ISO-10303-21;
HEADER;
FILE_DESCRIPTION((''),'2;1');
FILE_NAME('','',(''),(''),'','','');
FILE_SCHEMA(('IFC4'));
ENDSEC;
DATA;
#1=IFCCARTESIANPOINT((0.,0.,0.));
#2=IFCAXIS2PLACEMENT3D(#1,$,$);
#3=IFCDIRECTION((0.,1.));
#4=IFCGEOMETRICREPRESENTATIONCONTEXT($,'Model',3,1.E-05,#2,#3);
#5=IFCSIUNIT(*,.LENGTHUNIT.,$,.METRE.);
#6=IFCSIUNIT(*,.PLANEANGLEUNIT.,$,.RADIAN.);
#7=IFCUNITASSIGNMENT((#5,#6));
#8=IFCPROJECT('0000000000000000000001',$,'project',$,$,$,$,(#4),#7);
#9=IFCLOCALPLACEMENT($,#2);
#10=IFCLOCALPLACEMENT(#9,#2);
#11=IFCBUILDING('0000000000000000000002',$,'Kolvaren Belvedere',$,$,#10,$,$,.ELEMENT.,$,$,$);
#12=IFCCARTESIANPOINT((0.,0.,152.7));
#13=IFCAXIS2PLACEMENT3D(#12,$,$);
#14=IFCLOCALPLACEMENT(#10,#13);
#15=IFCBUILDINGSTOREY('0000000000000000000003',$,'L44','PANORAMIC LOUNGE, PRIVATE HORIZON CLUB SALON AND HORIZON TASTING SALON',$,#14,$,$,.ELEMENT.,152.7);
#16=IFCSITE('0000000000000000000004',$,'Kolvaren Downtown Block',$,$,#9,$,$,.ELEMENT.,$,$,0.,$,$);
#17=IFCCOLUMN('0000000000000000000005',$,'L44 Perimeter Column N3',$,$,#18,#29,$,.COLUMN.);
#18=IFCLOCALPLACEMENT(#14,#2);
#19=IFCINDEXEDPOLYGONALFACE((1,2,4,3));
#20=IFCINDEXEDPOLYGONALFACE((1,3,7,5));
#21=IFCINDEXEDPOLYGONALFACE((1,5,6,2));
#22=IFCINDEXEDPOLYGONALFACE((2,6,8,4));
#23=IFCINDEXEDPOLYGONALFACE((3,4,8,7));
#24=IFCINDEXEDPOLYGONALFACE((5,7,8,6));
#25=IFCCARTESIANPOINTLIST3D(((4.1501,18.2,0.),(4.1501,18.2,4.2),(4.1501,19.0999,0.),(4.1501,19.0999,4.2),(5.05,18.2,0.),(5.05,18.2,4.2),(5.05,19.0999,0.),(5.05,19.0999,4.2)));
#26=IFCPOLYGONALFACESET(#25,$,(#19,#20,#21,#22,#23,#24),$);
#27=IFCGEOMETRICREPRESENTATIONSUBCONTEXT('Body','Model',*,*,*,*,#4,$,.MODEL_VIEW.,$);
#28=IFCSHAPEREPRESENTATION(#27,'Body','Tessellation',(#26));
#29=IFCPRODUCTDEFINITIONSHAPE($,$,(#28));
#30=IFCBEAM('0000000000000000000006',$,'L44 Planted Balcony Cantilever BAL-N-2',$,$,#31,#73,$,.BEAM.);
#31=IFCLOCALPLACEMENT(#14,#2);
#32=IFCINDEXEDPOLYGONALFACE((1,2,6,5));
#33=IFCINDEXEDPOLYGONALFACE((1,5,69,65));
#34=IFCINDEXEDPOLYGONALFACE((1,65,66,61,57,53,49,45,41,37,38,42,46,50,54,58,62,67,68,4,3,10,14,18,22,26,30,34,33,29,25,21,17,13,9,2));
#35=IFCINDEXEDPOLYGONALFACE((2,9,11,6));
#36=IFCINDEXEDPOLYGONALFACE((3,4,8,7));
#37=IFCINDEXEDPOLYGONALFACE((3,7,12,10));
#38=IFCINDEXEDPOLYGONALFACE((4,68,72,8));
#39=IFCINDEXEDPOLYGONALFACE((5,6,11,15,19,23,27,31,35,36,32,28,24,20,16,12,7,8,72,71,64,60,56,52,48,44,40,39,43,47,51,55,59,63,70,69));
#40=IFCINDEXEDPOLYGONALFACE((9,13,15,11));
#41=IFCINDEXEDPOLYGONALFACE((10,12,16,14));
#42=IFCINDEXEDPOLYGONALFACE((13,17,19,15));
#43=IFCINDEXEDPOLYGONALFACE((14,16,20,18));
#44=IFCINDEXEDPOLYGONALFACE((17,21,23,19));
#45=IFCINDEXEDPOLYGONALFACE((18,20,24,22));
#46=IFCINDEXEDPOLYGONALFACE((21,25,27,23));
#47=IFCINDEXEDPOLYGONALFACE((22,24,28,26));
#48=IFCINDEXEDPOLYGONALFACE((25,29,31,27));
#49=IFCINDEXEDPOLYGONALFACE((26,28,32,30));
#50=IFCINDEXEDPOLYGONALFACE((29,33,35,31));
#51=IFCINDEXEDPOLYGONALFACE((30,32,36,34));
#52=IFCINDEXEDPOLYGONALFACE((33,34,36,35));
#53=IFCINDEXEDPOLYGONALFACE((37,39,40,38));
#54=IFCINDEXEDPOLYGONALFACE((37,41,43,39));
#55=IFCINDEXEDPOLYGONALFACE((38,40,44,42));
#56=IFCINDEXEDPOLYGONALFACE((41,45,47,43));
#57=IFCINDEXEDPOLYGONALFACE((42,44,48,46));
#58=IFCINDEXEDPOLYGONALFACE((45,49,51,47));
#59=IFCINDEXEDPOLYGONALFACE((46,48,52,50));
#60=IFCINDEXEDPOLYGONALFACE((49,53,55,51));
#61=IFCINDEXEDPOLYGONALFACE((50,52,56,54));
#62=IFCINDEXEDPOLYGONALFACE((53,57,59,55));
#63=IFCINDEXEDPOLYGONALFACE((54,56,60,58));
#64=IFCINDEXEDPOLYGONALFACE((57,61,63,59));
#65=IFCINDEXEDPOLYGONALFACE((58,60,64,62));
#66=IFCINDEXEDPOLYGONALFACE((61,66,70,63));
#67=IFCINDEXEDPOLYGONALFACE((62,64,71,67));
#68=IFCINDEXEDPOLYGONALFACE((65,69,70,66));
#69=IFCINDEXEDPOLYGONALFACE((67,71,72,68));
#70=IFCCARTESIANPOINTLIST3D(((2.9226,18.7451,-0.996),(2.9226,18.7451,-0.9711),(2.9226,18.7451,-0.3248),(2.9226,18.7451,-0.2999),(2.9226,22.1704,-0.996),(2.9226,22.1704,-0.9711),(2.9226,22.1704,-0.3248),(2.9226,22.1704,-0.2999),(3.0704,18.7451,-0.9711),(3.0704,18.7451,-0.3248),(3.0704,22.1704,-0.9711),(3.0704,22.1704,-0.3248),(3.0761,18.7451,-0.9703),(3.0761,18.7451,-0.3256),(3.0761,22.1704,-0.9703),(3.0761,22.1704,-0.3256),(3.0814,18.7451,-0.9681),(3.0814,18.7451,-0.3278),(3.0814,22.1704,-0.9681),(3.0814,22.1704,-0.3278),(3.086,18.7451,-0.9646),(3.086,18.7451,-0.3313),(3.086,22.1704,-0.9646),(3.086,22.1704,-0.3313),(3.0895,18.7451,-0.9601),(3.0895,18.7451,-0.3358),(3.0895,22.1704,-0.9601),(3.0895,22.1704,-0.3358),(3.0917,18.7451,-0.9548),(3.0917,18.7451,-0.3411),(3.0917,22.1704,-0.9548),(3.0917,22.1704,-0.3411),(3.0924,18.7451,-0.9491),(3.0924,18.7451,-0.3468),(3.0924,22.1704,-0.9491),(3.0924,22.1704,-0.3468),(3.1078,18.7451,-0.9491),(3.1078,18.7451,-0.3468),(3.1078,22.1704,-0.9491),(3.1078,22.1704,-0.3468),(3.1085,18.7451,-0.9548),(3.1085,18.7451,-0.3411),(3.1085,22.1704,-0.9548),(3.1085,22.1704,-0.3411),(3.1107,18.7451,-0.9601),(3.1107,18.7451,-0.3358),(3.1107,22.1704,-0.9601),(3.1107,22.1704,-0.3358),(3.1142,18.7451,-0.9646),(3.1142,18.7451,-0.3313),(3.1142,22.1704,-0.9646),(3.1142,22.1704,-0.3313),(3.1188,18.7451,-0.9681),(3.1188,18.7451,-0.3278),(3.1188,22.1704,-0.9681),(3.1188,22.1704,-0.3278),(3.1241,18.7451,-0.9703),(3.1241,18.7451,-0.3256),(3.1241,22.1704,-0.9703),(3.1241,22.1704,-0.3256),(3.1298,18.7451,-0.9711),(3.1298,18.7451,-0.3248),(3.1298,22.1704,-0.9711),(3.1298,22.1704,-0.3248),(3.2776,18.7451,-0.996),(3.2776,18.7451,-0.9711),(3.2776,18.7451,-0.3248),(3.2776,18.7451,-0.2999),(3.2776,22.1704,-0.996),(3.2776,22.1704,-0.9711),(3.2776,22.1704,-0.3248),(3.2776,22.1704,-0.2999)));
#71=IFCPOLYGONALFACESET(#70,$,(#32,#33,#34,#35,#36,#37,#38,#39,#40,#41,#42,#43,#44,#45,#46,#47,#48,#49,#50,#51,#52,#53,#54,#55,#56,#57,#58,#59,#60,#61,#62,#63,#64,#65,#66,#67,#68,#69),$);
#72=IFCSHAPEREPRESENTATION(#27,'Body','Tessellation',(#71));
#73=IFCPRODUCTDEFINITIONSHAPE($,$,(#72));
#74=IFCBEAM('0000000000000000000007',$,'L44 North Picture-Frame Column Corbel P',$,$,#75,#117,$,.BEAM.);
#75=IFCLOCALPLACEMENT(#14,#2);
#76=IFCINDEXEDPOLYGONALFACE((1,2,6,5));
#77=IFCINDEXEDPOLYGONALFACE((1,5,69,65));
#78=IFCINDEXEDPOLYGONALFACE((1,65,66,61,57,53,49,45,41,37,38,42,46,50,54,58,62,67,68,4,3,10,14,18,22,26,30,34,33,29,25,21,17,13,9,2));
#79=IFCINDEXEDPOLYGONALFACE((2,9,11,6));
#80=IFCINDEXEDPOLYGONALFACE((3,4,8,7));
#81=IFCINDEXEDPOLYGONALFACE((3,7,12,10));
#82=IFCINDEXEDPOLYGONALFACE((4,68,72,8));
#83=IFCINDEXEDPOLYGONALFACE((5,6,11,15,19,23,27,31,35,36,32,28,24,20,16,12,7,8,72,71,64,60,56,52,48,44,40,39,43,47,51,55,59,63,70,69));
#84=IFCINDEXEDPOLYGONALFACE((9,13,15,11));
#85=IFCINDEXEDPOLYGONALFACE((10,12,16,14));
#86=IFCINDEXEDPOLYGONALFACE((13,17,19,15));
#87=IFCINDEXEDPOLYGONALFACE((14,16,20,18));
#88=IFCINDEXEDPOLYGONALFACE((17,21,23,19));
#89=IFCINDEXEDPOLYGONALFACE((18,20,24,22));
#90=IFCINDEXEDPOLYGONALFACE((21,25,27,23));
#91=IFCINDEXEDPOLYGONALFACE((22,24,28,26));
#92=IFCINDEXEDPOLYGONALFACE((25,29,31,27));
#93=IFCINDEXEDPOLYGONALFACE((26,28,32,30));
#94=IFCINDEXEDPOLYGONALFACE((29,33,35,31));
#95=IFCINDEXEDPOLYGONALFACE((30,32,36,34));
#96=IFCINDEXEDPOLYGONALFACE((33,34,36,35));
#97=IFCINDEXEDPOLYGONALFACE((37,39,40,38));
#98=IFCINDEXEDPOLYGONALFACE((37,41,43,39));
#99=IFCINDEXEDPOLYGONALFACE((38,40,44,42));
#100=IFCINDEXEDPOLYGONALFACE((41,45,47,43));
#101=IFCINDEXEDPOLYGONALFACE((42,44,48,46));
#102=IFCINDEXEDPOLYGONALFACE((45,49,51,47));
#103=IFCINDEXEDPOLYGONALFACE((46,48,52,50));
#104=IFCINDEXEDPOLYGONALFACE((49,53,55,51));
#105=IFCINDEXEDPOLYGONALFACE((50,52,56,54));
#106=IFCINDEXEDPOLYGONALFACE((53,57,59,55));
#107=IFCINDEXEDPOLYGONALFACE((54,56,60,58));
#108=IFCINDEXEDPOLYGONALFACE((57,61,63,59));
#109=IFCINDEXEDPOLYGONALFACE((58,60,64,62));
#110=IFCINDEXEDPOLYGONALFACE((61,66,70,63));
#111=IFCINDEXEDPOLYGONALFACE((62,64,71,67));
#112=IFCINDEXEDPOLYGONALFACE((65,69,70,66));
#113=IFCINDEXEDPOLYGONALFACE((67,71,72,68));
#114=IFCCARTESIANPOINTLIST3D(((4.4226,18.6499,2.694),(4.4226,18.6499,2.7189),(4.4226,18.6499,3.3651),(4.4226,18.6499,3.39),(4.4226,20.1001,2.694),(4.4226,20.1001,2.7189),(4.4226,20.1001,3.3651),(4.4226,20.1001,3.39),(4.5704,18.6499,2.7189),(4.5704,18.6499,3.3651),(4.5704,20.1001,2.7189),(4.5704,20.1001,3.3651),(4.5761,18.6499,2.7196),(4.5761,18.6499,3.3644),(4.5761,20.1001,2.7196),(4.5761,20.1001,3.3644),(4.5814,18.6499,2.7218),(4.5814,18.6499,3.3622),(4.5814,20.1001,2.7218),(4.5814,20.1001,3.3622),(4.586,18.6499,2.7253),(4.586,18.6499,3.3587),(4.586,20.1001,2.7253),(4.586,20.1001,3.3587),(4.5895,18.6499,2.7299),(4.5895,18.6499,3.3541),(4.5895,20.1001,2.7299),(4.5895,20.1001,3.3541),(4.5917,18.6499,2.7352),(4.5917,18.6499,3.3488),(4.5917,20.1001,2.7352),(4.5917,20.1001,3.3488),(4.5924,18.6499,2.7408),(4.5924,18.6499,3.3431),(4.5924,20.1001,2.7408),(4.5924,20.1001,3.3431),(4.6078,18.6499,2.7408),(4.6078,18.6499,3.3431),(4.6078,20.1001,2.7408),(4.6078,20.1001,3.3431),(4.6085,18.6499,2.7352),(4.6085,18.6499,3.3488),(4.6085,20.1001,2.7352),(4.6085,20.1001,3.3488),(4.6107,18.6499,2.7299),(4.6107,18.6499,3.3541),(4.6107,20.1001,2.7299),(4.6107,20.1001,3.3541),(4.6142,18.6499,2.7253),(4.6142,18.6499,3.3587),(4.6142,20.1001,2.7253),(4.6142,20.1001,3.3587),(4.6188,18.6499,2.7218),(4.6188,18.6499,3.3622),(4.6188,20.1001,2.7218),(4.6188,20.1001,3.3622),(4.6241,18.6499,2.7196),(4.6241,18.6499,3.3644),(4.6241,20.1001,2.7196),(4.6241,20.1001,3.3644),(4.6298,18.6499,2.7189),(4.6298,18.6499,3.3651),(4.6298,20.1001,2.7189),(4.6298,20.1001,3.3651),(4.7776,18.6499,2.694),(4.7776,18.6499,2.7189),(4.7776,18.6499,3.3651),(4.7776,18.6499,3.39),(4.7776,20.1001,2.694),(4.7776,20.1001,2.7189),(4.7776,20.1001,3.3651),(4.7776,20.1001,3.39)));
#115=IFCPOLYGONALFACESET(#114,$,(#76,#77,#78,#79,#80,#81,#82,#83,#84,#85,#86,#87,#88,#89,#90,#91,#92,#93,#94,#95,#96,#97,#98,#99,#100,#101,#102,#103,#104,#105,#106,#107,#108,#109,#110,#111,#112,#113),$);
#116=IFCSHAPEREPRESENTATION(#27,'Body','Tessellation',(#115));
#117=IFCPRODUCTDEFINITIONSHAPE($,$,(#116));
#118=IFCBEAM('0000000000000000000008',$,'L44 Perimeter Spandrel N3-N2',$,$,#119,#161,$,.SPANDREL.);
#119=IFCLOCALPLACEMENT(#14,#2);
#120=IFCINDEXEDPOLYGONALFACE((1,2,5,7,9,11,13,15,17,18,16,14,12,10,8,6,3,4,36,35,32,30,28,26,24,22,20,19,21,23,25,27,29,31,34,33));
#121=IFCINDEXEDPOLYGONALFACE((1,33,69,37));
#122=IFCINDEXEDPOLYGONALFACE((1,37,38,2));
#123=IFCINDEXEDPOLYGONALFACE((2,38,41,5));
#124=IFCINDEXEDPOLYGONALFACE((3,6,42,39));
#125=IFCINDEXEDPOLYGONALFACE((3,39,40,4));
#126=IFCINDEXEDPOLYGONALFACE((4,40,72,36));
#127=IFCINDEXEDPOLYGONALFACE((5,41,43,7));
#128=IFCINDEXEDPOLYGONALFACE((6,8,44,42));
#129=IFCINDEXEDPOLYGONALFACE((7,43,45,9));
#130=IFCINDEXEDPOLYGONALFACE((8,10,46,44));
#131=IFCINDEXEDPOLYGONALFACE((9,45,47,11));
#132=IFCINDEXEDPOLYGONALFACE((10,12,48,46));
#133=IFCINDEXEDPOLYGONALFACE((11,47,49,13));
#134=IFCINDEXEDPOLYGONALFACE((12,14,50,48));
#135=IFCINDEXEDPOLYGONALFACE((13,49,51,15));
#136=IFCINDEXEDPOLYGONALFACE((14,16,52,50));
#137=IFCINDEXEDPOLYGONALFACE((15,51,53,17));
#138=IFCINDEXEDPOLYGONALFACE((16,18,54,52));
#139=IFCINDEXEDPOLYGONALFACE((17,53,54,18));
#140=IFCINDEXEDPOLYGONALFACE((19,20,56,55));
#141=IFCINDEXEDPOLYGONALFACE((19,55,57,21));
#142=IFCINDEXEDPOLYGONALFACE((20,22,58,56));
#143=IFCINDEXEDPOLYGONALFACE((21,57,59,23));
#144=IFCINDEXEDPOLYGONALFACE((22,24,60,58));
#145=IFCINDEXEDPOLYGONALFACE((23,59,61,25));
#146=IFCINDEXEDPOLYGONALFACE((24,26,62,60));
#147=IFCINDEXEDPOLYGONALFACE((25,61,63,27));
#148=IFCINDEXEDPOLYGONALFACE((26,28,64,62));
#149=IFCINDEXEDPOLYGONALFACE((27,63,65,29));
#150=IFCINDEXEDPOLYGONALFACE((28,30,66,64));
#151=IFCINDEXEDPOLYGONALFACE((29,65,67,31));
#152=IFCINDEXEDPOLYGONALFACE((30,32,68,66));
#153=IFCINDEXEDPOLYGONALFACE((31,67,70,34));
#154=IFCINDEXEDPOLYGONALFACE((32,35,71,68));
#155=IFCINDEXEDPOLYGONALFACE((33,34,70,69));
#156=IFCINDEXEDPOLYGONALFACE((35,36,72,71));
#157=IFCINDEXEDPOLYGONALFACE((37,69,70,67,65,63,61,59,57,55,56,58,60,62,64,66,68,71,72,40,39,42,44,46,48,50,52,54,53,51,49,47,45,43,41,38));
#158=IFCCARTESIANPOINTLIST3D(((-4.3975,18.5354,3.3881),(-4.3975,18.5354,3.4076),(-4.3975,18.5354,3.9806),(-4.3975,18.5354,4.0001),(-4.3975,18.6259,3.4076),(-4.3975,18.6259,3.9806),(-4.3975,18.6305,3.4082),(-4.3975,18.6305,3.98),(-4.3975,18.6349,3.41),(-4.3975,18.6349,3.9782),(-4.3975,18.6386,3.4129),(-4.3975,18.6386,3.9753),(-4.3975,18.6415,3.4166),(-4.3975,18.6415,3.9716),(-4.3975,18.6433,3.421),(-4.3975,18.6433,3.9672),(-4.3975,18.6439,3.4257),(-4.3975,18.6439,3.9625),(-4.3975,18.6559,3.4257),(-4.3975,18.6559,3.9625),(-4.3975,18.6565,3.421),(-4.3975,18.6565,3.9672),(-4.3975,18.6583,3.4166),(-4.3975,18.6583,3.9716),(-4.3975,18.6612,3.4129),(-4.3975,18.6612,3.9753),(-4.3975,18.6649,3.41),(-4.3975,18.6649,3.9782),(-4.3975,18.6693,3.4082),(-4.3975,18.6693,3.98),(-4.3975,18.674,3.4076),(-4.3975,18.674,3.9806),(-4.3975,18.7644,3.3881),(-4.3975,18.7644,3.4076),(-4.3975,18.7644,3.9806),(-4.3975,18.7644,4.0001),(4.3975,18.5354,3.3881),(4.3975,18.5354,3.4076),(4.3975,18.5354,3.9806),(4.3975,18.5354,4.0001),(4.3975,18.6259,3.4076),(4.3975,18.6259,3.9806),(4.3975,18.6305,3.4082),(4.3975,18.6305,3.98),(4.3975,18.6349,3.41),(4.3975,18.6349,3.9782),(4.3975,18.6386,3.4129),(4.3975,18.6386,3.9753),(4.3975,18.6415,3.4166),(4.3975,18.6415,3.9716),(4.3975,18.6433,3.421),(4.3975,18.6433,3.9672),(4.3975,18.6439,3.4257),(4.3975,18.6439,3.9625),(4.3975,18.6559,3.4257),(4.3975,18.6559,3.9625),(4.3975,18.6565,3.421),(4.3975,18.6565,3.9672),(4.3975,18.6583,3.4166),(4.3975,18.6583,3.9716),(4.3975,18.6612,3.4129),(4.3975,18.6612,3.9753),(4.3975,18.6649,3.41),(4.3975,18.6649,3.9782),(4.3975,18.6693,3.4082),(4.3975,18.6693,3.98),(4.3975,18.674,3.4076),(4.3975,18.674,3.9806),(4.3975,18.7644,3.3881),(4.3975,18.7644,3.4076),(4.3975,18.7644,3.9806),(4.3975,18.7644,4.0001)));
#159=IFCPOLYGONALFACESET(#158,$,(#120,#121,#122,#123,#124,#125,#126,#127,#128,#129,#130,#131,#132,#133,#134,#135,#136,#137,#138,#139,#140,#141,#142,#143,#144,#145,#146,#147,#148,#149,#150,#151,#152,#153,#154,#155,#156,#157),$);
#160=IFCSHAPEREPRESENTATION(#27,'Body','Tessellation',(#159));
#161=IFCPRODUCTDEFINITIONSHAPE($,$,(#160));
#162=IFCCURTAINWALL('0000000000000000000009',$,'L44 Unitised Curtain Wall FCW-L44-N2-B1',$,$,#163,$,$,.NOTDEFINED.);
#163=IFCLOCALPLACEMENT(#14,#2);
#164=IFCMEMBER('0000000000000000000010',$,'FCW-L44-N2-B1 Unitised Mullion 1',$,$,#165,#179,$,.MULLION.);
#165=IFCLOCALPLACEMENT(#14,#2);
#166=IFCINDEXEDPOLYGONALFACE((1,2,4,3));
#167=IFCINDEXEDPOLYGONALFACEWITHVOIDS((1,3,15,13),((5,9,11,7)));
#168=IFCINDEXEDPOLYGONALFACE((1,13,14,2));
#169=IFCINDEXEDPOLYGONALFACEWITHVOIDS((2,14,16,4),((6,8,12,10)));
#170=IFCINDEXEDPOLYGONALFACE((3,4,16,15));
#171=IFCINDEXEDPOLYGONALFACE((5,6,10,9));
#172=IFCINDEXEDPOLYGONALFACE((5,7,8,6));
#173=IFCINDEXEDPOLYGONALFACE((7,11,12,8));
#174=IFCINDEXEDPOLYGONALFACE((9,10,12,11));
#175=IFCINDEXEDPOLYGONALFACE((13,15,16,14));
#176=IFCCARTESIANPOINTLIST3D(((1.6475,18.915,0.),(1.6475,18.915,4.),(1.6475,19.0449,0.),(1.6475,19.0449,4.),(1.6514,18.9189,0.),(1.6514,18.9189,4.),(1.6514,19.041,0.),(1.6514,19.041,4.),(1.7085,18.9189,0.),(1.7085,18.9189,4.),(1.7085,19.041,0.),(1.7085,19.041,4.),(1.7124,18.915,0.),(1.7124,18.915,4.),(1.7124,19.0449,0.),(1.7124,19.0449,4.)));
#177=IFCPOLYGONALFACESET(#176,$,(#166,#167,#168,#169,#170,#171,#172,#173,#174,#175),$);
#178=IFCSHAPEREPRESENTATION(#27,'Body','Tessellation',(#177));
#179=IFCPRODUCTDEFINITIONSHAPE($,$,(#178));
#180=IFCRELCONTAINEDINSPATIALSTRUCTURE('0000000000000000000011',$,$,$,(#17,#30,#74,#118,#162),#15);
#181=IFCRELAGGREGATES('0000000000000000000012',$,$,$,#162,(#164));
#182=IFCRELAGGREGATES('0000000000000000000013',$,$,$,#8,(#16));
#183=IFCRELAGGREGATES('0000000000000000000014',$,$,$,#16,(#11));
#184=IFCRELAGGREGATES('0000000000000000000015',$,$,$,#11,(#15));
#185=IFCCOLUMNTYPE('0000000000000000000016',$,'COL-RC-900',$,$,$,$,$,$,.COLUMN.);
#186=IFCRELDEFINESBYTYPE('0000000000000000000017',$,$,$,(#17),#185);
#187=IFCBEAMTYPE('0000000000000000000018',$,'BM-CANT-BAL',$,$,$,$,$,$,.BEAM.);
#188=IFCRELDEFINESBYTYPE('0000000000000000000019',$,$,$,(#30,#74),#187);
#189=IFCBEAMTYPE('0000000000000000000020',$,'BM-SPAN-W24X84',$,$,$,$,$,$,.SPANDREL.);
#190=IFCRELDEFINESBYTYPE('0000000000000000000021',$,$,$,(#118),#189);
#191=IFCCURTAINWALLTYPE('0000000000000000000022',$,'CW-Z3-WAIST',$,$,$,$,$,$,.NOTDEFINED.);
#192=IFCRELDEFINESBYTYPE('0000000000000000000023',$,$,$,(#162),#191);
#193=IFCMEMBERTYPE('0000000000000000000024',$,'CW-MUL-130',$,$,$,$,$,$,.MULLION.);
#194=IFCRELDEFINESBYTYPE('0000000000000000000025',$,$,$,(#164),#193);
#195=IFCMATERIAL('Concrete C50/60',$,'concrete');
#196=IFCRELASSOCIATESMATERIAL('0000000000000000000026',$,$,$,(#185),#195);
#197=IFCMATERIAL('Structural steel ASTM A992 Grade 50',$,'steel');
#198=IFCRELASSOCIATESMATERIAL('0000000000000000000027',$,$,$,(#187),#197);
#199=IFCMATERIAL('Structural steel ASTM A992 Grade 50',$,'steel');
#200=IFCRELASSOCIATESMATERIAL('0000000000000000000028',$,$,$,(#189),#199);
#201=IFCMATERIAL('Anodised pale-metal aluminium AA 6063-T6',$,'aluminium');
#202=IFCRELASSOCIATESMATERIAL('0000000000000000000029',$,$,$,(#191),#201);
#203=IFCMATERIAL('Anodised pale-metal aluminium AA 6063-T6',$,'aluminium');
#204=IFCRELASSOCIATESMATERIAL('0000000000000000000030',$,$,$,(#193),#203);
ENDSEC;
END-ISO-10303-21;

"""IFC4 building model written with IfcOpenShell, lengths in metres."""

from ifc_helpers import new_model, si_unit, direction, frame, origin, origin_2d, place, context, subcontext, project, spatial, rectangle, hollow_rectangle, i_section, extrude, material, material_profile, profile_set, type_object, element, aggregate, save


model = new_model("IFC4")

# Units and contexts
model_context = context("Model", 3, precision=1e-05, world=origin(), true_north=direction((0.0, 1.0)))
body_context = subcontext(model_context, "Body", "Model", "MODEL_VIEW")
ifc_project = project(units=[si_unit("LENGTHUNIT", "METRE"), si_unit("PLANEANGLEUNIT", "RADIAN")], contexts=[model_context])

# Site, building, storey
site_placement = place(None, origin())
site = spatial("IfcSite", under=ifc_project, at=site_placement, Name="Kolvaren Downtown Block", CompositionType="ELEMENT", RefElevation=0.0)
building_placement = place(site_placement, origin())
building = spatial("IfcBuilding", under=site, at=building_placement, Name="Kolvaren Belvedere", CompositionType="ELEMENT")
storey_placement = place(building_placement, frame((0.0, 0.0, 152.7)))
storey = spatial("IfcBuildingStorey", under=building, at=storey_placement, Name="L44", Description="PANORAMIC LOUNGE, PRIVATE HORIZON CLUB SALON AND HORIZON TASTING SALON", CompositionType="ELEMENT", Elevation=152.7)

# Column
ifc_material_1 = material(Name="Concrete C50/60", Category="concrete")
ifc_material_profile_1 = material_profile(ifc_material_1, rectangle(XDim=0.8999, YDim=0.8999, at=origin_2d()), Name="RC 900X900")
ifc_profile_set_1 = profile_set([ifc_material_profile_1], Name="Concrete C50/60")
column_type = type_object("IfcColumnType", Name="COL-RC-900", PredefinedType="COLUMN", material=ifc_profile_set_1)
column_placement = place(storey_placement, frame((4.6001, 18.6499, 0.0), z_axis=(0.0, 0.0, 1.0), x_axis=(1.0, 0.0, 0.0)))
element("IfcColumn", 1, at=column_placement, inside=storey, type_object=column_type, Name="L44 Perimeter Column N3", PredefinedType="COLUMN", context=body_context, shape_type="SweptSolid", body=[
    extrude(rectangle(XDim=0.8999, YDim=0.8999, at=origin_2d()), origin(), (0.0, 0.0, 1.0), 4.2),
])

# Beams
ifc_material_2 = material(Name="Structural steel ASTM A992 Grade 50", Category="steel")
ifc_material_profile_2 = material_profile(ifc_material_2, i_section(OverallWidth=0.355, OverallDepth=0.696, WebThickness=0.0154, FlangeThickness=0.0249, FilletRadius=0.022, at=origin_2d()), Name="W27X146")
ifc_profile_set_2 = profile_set([ifc_material_profile_2], Name="Structural steel ASTM A992 Grade 50")
beam_type_1 = type_object("IfcBeamType", Name="BM-CANT-BAL", PredefinedType="BEAM", material=ifc_profile_set_2)
beam_1_placement = place(storey_placement, frame((3.1001, 18.7451, -0.6479), z_axis=(0.0, 1.0, 0.0), x_axis=(-1.0, 0.0, 0.0)))
element("IfcBeam", 2, at=beam_1_placement, inside=storey, type_object=beam_type_1, Name="L44 Planted Balcony Cantilever BAL-N-2", PredefinedType="BEAM", context=body_context, shape_type="SweptSolid", body=[
    extrude(i_section(OverallWidth=0.355, OverallDepth=0.696, WebThickness=0.0154, FlangeThickness=0.0249, FilletRadius=0.022, at=origin_2d()), origin(), (0.0, 0.0, 1.0), 3.4253),
])
beam_2_placement = place(storey_placement, frame((4.6001, 18.6499, 3.042), z_axis=(0.0, 1.0, 0.0), x_axis=(-1.0, 0.0, 0.0)))
element("IfcBeam", 3, at=beam_2_placement, inside=storey, type_object=beam_type_1, Name="L44 North Picture-Frame Column Corbel P", PredefinedType="BEAM", context=body_context, shape_type="SweptSolid", body=[
    extrude(i_section(OverallWidth=0.355, OverallDepth=0.696, WebThickness=0.0154, FlangeThickness=0.0249, FilletRadius=0.022, at=origin_2d()), origin(), (0.0, 0.0, 1.0), 1.4502),
])
ifc_material_3 = material(Name="Structural steel ASTM A992 Grade 50", Category="steel")
ifc_material_profile_3 = material_profile(ifc_material_3, i_section(OverallWidth=0.229, OverallDepth=0.6121, WebThickness=0.012, FlangeThickness=0.0195, FilletRadius=0.0181, at=origin_2d()), Name="W24X84")
ifc_profile_set_3 = profile_set([ifc_material_profile_3], Name="Structural steel ASTM A992 Grade 50")
beam_type_2 = type_object("IfcBeamType", Name="BM-SPAN-W24X84", PredefinedType="SPANDREL", material=ifc_profile_set_3)
beam_3_placement = place(storey_placement, frame((4.3975, 18.6499, 3.6941), z_axis=(-1.0, 0.0, 0.0), x_axis=(0.0, -1.0, 0.0)))
element("IfcBeam", 4, at=beam_3_placement, inside=storey, type_object=beam_type_2, Name="L44 Perimeter Spandrel N3-N2", PredefinedType="SPANDREL", context=body_context, shape_type="SweptSolid", body=[
    extrude(i_section(OverallWidth=0.229, OverallDepth=0.6121, WebThickness=0.012, FlangeThickness=0.0195, FilletRadius=0.0181, at=origin_2d()), origin(), (0.0, 0.0, 1.0), 8.7949),
])

# Curtain wall, member
ifc_material_4 = material(Name="Anodised pale-metal aluminium AA 6063-T6", Category="aluminium")
curtain_wall_type = type_object("IfcCurtainWallType", Name="CW-Z3-WAIST", PredefinedType="NOTDEFINED", material=ifc_material_4)
curtain_wall_1_placement = place(storey_placement, origin())
curtain_wall_1 = element("IfcCurtainWall", 5, at=curtain_wall_1_placement, inside=storey, type_object=curtain_wall_type, Name="L44 Unitised Curtain Wall FCW-L44-N2-B1", PredefinedType="NOTDEFINED")
ifc_material_5 = material(Name="Anodised pale-metal aluminium AA 6063-T6", Category="aluminium")
ifc_material_profile_4 = material_profile(ifc_material_5, hollow_rectangle(XDim=0.0649, YDim=0.1299, WallThickness=0.0039, at=origin_2d()), Name="ALU-MUL-130X65")
ifc_profile_set_4 = profile_set([ifc_material_profile_4], Name="Anodised pale-metal aluminium AA 6063-T6")
member_type_1 = type_object("IfcMemberType", Name="CW-MUL-130", PredefinedType="MULLION", material=ifc_profile_set_4)
member_1_placement = place(storey_placement, frame((1.6799, 18.98, 0.0), z_axis=(0.0, 0.0, 1.0), x_axis=(1.0, 0.0, 0.0)))
member_1 = element("IfcMember", 6, at=member_1_placement, type_object=member_type_1, Name="FCW-L44-N2-B1 Unitised Mullion 1", PredefinedType="MULLION", context=body_context, shape_type="SweptSolid", body=[
    extrude(hollow_rectangle(XDim=0.0649, YDim=0.1299, WallThickness=0.0039, at=origin_2d()), origin(), (0.0, 0.0, 1.0), 4.0),
])

aggregate(curtain_wall_1, [member_1])

save(model, "model.ifc")
